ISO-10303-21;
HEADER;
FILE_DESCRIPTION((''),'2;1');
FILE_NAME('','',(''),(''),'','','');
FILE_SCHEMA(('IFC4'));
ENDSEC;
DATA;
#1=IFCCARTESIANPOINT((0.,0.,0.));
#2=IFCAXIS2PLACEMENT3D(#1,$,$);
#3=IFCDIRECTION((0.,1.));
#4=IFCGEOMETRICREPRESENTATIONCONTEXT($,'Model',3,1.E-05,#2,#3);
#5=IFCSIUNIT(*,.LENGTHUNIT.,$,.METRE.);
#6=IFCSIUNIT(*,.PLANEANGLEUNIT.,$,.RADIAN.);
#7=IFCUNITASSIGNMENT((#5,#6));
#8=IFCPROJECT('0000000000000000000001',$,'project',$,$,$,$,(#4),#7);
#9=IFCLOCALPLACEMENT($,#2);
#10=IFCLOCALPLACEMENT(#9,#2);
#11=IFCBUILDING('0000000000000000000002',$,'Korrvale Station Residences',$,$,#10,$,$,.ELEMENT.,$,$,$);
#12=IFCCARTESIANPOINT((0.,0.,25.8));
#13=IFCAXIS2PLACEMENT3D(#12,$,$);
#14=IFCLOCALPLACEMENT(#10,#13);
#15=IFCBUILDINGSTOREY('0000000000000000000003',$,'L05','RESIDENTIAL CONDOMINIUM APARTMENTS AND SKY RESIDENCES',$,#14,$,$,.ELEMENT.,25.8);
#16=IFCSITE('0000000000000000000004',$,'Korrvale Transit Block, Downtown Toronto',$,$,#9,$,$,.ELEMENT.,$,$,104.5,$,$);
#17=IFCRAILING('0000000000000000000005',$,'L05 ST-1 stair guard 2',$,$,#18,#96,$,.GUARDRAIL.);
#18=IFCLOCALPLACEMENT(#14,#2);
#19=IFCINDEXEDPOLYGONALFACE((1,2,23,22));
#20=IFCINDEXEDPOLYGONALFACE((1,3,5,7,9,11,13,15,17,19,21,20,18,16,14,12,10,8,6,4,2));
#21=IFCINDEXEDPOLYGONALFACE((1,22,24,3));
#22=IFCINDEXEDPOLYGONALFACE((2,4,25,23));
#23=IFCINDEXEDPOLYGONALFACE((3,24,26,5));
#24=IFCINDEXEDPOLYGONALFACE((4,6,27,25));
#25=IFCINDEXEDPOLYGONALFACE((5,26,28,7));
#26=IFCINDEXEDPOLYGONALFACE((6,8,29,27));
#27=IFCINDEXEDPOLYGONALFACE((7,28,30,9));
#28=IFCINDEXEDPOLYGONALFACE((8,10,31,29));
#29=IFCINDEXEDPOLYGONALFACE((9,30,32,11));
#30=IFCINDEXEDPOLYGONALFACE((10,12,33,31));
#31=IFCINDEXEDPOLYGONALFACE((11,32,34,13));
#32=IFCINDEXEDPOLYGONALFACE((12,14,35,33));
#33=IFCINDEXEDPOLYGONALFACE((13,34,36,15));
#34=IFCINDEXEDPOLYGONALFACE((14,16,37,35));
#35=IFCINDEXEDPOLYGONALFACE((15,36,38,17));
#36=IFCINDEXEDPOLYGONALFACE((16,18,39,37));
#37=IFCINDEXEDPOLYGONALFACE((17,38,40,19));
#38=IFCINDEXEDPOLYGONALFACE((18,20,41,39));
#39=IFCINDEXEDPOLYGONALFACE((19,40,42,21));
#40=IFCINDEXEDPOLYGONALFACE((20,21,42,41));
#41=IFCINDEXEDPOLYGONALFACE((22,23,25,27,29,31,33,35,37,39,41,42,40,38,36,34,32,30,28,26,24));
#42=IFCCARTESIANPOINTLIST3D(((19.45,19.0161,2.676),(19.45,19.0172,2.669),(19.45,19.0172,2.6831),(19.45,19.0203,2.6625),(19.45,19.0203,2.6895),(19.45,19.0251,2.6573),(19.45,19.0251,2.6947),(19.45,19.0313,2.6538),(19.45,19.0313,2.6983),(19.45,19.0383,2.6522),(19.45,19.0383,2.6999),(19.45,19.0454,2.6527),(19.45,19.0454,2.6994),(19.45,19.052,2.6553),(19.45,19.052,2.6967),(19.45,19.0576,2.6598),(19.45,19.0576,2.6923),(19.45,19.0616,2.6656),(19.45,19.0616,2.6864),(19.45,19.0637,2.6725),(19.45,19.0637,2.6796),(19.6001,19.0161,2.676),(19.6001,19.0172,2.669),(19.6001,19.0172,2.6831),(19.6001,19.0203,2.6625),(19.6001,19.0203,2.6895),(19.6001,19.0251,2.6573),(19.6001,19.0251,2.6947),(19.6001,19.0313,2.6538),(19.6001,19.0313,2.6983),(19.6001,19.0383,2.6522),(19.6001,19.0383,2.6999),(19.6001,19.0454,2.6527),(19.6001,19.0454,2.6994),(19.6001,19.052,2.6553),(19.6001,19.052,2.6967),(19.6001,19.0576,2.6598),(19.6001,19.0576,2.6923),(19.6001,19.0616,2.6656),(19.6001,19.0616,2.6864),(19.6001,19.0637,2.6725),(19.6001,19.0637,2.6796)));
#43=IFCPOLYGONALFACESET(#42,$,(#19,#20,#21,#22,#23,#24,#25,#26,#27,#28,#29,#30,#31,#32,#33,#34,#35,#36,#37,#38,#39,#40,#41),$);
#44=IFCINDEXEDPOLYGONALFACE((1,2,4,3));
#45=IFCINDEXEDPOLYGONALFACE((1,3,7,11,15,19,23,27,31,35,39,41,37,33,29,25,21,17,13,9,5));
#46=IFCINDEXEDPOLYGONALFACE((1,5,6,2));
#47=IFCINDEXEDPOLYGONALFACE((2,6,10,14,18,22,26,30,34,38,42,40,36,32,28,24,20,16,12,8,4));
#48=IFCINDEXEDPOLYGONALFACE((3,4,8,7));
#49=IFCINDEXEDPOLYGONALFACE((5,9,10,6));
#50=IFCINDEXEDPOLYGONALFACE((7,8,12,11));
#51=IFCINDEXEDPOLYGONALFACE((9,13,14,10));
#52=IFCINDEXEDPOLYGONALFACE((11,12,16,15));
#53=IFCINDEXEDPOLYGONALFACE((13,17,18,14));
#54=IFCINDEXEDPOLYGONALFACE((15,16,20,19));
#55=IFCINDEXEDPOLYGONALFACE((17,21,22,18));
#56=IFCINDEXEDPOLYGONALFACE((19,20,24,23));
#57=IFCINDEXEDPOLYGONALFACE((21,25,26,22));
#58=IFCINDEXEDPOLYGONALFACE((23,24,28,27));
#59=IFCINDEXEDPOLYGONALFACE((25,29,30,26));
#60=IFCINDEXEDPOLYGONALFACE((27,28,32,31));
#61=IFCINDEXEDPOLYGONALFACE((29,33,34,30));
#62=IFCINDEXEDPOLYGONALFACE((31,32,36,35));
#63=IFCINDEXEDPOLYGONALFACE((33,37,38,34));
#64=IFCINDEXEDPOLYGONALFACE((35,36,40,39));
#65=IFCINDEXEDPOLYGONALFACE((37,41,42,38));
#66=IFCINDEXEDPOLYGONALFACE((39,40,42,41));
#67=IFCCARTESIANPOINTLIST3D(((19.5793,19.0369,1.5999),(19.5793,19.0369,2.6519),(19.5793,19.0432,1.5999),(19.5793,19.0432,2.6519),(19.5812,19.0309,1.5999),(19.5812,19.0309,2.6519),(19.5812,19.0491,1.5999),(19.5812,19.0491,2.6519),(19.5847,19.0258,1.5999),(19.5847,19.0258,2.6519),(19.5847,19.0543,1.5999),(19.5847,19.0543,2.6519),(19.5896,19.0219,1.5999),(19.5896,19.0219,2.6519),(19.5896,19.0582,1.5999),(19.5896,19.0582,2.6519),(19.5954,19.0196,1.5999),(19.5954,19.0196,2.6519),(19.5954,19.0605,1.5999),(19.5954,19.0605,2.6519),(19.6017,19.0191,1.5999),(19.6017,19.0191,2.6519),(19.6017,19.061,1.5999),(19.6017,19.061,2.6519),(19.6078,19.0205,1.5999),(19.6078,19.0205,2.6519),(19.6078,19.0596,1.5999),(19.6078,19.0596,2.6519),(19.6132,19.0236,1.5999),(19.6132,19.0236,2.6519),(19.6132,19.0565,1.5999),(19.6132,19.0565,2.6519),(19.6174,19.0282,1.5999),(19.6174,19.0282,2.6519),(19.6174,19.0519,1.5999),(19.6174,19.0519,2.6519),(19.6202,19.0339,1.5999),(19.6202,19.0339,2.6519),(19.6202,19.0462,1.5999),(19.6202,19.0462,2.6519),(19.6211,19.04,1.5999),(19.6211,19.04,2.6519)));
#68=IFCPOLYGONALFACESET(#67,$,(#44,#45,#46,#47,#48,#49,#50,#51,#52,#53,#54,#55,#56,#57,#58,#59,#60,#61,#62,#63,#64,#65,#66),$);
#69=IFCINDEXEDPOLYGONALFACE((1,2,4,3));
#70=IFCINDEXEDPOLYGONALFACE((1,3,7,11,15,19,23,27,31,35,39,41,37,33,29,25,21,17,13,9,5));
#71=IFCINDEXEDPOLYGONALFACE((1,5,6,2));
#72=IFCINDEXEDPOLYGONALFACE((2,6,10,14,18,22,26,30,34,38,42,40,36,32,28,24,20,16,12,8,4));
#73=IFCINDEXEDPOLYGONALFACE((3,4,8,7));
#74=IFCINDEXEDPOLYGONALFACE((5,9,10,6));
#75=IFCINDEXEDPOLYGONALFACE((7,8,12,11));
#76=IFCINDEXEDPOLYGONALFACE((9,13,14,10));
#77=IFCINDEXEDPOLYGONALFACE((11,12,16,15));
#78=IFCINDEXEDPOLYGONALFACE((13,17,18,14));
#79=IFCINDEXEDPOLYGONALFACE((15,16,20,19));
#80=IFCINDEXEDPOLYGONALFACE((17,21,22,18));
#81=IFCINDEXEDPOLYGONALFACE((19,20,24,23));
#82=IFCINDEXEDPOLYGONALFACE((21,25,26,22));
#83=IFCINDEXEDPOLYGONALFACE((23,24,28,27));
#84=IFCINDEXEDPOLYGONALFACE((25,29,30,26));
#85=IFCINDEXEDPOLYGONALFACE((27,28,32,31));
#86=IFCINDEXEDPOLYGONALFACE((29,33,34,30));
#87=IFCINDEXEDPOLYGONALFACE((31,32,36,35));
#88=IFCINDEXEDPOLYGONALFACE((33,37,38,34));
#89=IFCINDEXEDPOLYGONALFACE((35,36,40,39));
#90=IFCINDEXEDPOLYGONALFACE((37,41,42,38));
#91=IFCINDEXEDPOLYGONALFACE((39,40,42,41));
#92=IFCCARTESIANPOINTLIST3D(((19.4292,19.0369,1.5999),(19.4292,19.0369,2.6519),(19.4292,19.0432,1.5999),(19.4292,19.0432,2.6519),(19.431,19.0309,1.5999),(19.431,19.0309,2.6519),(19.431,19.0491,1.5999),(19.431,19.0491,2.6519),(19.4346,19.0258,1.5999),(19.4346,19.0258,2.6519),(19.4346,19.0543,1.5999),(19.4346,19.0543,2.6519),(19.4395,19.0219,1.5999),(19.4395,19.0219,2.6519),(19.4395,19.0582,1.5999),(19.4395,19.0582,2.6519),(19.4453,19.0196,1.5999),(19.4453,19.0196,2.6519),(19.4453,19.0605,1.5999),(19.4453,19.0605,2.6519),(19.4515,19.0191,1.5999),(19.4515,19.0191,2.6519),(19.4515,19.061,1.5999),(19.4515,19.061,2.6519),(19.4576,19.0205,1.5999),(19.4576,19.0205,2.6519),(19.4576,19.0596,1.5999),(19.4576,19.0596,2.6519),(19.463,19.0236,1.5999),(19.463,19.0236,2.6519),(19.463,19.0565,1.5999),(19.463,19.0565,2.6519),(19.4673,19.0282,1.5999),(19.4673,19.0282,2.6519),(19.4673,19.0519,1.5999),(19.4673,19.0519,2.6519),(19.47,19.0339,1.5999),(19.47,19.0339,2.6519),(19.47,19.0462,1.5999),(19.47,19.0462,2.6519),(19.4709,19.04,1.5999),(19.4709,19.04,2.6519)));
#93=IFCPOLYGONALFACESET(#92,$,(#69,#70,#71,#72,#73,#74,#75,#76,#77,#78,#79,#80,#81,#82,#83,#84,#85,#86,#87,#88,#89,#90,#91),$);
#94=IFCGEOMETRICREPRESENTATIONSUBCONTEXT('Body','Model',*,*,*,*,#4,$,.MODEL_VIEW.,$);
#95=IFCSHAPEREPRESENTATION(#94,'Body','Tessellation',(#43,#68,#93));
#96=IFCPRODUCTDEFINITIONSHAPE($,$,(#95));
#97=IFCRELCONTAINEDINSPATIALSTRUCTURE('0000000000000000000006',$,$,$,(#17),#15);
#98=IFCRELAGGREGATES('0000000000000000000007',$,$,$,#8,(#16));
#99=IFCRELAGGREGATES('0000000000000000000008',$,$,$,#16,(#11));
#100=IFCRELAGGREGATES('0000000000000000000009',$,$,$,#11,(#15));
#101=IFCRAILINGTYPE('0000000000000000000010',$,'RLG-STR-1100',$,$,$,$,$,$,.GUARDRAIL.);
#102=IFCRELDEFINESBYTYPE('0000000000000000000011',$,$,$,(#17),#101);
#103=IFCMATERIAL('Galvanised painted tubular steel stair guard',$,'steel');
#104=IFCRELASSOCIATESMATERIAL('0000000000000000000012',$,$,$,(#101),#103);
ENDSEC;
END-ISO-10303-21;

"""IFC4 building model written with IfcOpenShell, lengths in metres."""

from ifc_helpers import new_model, si_unit, direction, frame, origin, origin_2d, place, context, subcontext, project, spatial, circle, extrude, material, type_object, element, save


model = new_model("IFC4")

# Units and contexts
model_context = context("Model", 3, precision=1e-05, world=origin(), true_north=direction((0.0, 1.0)))
body_context = subcontext(model_context, "Body", "Model", "MODEL_VIEW")
ifc_project = project(units=[si_unit("LENGTHUNIT", "METRE"), si_unit("PLANEANGLEUNIT", "RADIAN")], contexts=[model_context])

# Site, building, storey
site_placement = place(None, origin())
site = spatial("IfcSite", under=ifc_project, at=site_placement, Name="Korrvale Transit Block, Downtown Toronto", CompositionType="ELEMENT", RefElevation=104.5)
building_placement = place(site_placement, origin())
building = spatial("IfcBuilding", under=site, at=building_placement, Name="Korrvale Station Residences", CompositionType="ELEMENT")
storey_placement = place(building_placement, frame((0.0, 0.0, 25.8)))
storey = spatial("IfcBuildingStorey", under=building, at=storey_placement, Name="L05", Description="RESIDENTIAL CONDOMINIUM APARTMENTS AND SKY RESIDENCES", CompositionType="ELEMENT", Elevation=25.8)

# Railing
ifc_material_1 = material(Name="Galvanised painted tubular steel stair guard", Category="steel")
railing_type_1 = type_object("IfcRailingType", Name="RLG-STR-1100", PredefinedType="GUARDRAIL", material=ifc_material_1)
railing_1_placement = place(storey_placement, frame((19.6001, 19.04, 1.5999)))
element("IfcRailing", 1, at=railing_1_placement, inside=storey, type_object=railing_type_1, Name="L05 ST-1 stair guard 2", PredefinedType="GUARDRAIL", context=body_context, shape_type="SweptSolid", body=[
    extrude(circle(Radius=0.0239, at=origin_2d()), frame((0.0, 0.0, 1.0762), z_axis=(-1.0, 0.0, 0.0), x_axis=(0.0, -1.0, 0.0)), (0.0, 0.0, 1.0), 0.1501),
    extrude(circle(Radius=0.021, at=origin_2d()), origin(), (0.0, 0.0, 1.0), 1.052),
    extrude(circle(Radius=0.021, at=origin_2d()), frame((-0.1501, 0.0, 0.0)), (0.0, 0.0, 1.0), 1.052),
])

save(model, "model.ifc")
